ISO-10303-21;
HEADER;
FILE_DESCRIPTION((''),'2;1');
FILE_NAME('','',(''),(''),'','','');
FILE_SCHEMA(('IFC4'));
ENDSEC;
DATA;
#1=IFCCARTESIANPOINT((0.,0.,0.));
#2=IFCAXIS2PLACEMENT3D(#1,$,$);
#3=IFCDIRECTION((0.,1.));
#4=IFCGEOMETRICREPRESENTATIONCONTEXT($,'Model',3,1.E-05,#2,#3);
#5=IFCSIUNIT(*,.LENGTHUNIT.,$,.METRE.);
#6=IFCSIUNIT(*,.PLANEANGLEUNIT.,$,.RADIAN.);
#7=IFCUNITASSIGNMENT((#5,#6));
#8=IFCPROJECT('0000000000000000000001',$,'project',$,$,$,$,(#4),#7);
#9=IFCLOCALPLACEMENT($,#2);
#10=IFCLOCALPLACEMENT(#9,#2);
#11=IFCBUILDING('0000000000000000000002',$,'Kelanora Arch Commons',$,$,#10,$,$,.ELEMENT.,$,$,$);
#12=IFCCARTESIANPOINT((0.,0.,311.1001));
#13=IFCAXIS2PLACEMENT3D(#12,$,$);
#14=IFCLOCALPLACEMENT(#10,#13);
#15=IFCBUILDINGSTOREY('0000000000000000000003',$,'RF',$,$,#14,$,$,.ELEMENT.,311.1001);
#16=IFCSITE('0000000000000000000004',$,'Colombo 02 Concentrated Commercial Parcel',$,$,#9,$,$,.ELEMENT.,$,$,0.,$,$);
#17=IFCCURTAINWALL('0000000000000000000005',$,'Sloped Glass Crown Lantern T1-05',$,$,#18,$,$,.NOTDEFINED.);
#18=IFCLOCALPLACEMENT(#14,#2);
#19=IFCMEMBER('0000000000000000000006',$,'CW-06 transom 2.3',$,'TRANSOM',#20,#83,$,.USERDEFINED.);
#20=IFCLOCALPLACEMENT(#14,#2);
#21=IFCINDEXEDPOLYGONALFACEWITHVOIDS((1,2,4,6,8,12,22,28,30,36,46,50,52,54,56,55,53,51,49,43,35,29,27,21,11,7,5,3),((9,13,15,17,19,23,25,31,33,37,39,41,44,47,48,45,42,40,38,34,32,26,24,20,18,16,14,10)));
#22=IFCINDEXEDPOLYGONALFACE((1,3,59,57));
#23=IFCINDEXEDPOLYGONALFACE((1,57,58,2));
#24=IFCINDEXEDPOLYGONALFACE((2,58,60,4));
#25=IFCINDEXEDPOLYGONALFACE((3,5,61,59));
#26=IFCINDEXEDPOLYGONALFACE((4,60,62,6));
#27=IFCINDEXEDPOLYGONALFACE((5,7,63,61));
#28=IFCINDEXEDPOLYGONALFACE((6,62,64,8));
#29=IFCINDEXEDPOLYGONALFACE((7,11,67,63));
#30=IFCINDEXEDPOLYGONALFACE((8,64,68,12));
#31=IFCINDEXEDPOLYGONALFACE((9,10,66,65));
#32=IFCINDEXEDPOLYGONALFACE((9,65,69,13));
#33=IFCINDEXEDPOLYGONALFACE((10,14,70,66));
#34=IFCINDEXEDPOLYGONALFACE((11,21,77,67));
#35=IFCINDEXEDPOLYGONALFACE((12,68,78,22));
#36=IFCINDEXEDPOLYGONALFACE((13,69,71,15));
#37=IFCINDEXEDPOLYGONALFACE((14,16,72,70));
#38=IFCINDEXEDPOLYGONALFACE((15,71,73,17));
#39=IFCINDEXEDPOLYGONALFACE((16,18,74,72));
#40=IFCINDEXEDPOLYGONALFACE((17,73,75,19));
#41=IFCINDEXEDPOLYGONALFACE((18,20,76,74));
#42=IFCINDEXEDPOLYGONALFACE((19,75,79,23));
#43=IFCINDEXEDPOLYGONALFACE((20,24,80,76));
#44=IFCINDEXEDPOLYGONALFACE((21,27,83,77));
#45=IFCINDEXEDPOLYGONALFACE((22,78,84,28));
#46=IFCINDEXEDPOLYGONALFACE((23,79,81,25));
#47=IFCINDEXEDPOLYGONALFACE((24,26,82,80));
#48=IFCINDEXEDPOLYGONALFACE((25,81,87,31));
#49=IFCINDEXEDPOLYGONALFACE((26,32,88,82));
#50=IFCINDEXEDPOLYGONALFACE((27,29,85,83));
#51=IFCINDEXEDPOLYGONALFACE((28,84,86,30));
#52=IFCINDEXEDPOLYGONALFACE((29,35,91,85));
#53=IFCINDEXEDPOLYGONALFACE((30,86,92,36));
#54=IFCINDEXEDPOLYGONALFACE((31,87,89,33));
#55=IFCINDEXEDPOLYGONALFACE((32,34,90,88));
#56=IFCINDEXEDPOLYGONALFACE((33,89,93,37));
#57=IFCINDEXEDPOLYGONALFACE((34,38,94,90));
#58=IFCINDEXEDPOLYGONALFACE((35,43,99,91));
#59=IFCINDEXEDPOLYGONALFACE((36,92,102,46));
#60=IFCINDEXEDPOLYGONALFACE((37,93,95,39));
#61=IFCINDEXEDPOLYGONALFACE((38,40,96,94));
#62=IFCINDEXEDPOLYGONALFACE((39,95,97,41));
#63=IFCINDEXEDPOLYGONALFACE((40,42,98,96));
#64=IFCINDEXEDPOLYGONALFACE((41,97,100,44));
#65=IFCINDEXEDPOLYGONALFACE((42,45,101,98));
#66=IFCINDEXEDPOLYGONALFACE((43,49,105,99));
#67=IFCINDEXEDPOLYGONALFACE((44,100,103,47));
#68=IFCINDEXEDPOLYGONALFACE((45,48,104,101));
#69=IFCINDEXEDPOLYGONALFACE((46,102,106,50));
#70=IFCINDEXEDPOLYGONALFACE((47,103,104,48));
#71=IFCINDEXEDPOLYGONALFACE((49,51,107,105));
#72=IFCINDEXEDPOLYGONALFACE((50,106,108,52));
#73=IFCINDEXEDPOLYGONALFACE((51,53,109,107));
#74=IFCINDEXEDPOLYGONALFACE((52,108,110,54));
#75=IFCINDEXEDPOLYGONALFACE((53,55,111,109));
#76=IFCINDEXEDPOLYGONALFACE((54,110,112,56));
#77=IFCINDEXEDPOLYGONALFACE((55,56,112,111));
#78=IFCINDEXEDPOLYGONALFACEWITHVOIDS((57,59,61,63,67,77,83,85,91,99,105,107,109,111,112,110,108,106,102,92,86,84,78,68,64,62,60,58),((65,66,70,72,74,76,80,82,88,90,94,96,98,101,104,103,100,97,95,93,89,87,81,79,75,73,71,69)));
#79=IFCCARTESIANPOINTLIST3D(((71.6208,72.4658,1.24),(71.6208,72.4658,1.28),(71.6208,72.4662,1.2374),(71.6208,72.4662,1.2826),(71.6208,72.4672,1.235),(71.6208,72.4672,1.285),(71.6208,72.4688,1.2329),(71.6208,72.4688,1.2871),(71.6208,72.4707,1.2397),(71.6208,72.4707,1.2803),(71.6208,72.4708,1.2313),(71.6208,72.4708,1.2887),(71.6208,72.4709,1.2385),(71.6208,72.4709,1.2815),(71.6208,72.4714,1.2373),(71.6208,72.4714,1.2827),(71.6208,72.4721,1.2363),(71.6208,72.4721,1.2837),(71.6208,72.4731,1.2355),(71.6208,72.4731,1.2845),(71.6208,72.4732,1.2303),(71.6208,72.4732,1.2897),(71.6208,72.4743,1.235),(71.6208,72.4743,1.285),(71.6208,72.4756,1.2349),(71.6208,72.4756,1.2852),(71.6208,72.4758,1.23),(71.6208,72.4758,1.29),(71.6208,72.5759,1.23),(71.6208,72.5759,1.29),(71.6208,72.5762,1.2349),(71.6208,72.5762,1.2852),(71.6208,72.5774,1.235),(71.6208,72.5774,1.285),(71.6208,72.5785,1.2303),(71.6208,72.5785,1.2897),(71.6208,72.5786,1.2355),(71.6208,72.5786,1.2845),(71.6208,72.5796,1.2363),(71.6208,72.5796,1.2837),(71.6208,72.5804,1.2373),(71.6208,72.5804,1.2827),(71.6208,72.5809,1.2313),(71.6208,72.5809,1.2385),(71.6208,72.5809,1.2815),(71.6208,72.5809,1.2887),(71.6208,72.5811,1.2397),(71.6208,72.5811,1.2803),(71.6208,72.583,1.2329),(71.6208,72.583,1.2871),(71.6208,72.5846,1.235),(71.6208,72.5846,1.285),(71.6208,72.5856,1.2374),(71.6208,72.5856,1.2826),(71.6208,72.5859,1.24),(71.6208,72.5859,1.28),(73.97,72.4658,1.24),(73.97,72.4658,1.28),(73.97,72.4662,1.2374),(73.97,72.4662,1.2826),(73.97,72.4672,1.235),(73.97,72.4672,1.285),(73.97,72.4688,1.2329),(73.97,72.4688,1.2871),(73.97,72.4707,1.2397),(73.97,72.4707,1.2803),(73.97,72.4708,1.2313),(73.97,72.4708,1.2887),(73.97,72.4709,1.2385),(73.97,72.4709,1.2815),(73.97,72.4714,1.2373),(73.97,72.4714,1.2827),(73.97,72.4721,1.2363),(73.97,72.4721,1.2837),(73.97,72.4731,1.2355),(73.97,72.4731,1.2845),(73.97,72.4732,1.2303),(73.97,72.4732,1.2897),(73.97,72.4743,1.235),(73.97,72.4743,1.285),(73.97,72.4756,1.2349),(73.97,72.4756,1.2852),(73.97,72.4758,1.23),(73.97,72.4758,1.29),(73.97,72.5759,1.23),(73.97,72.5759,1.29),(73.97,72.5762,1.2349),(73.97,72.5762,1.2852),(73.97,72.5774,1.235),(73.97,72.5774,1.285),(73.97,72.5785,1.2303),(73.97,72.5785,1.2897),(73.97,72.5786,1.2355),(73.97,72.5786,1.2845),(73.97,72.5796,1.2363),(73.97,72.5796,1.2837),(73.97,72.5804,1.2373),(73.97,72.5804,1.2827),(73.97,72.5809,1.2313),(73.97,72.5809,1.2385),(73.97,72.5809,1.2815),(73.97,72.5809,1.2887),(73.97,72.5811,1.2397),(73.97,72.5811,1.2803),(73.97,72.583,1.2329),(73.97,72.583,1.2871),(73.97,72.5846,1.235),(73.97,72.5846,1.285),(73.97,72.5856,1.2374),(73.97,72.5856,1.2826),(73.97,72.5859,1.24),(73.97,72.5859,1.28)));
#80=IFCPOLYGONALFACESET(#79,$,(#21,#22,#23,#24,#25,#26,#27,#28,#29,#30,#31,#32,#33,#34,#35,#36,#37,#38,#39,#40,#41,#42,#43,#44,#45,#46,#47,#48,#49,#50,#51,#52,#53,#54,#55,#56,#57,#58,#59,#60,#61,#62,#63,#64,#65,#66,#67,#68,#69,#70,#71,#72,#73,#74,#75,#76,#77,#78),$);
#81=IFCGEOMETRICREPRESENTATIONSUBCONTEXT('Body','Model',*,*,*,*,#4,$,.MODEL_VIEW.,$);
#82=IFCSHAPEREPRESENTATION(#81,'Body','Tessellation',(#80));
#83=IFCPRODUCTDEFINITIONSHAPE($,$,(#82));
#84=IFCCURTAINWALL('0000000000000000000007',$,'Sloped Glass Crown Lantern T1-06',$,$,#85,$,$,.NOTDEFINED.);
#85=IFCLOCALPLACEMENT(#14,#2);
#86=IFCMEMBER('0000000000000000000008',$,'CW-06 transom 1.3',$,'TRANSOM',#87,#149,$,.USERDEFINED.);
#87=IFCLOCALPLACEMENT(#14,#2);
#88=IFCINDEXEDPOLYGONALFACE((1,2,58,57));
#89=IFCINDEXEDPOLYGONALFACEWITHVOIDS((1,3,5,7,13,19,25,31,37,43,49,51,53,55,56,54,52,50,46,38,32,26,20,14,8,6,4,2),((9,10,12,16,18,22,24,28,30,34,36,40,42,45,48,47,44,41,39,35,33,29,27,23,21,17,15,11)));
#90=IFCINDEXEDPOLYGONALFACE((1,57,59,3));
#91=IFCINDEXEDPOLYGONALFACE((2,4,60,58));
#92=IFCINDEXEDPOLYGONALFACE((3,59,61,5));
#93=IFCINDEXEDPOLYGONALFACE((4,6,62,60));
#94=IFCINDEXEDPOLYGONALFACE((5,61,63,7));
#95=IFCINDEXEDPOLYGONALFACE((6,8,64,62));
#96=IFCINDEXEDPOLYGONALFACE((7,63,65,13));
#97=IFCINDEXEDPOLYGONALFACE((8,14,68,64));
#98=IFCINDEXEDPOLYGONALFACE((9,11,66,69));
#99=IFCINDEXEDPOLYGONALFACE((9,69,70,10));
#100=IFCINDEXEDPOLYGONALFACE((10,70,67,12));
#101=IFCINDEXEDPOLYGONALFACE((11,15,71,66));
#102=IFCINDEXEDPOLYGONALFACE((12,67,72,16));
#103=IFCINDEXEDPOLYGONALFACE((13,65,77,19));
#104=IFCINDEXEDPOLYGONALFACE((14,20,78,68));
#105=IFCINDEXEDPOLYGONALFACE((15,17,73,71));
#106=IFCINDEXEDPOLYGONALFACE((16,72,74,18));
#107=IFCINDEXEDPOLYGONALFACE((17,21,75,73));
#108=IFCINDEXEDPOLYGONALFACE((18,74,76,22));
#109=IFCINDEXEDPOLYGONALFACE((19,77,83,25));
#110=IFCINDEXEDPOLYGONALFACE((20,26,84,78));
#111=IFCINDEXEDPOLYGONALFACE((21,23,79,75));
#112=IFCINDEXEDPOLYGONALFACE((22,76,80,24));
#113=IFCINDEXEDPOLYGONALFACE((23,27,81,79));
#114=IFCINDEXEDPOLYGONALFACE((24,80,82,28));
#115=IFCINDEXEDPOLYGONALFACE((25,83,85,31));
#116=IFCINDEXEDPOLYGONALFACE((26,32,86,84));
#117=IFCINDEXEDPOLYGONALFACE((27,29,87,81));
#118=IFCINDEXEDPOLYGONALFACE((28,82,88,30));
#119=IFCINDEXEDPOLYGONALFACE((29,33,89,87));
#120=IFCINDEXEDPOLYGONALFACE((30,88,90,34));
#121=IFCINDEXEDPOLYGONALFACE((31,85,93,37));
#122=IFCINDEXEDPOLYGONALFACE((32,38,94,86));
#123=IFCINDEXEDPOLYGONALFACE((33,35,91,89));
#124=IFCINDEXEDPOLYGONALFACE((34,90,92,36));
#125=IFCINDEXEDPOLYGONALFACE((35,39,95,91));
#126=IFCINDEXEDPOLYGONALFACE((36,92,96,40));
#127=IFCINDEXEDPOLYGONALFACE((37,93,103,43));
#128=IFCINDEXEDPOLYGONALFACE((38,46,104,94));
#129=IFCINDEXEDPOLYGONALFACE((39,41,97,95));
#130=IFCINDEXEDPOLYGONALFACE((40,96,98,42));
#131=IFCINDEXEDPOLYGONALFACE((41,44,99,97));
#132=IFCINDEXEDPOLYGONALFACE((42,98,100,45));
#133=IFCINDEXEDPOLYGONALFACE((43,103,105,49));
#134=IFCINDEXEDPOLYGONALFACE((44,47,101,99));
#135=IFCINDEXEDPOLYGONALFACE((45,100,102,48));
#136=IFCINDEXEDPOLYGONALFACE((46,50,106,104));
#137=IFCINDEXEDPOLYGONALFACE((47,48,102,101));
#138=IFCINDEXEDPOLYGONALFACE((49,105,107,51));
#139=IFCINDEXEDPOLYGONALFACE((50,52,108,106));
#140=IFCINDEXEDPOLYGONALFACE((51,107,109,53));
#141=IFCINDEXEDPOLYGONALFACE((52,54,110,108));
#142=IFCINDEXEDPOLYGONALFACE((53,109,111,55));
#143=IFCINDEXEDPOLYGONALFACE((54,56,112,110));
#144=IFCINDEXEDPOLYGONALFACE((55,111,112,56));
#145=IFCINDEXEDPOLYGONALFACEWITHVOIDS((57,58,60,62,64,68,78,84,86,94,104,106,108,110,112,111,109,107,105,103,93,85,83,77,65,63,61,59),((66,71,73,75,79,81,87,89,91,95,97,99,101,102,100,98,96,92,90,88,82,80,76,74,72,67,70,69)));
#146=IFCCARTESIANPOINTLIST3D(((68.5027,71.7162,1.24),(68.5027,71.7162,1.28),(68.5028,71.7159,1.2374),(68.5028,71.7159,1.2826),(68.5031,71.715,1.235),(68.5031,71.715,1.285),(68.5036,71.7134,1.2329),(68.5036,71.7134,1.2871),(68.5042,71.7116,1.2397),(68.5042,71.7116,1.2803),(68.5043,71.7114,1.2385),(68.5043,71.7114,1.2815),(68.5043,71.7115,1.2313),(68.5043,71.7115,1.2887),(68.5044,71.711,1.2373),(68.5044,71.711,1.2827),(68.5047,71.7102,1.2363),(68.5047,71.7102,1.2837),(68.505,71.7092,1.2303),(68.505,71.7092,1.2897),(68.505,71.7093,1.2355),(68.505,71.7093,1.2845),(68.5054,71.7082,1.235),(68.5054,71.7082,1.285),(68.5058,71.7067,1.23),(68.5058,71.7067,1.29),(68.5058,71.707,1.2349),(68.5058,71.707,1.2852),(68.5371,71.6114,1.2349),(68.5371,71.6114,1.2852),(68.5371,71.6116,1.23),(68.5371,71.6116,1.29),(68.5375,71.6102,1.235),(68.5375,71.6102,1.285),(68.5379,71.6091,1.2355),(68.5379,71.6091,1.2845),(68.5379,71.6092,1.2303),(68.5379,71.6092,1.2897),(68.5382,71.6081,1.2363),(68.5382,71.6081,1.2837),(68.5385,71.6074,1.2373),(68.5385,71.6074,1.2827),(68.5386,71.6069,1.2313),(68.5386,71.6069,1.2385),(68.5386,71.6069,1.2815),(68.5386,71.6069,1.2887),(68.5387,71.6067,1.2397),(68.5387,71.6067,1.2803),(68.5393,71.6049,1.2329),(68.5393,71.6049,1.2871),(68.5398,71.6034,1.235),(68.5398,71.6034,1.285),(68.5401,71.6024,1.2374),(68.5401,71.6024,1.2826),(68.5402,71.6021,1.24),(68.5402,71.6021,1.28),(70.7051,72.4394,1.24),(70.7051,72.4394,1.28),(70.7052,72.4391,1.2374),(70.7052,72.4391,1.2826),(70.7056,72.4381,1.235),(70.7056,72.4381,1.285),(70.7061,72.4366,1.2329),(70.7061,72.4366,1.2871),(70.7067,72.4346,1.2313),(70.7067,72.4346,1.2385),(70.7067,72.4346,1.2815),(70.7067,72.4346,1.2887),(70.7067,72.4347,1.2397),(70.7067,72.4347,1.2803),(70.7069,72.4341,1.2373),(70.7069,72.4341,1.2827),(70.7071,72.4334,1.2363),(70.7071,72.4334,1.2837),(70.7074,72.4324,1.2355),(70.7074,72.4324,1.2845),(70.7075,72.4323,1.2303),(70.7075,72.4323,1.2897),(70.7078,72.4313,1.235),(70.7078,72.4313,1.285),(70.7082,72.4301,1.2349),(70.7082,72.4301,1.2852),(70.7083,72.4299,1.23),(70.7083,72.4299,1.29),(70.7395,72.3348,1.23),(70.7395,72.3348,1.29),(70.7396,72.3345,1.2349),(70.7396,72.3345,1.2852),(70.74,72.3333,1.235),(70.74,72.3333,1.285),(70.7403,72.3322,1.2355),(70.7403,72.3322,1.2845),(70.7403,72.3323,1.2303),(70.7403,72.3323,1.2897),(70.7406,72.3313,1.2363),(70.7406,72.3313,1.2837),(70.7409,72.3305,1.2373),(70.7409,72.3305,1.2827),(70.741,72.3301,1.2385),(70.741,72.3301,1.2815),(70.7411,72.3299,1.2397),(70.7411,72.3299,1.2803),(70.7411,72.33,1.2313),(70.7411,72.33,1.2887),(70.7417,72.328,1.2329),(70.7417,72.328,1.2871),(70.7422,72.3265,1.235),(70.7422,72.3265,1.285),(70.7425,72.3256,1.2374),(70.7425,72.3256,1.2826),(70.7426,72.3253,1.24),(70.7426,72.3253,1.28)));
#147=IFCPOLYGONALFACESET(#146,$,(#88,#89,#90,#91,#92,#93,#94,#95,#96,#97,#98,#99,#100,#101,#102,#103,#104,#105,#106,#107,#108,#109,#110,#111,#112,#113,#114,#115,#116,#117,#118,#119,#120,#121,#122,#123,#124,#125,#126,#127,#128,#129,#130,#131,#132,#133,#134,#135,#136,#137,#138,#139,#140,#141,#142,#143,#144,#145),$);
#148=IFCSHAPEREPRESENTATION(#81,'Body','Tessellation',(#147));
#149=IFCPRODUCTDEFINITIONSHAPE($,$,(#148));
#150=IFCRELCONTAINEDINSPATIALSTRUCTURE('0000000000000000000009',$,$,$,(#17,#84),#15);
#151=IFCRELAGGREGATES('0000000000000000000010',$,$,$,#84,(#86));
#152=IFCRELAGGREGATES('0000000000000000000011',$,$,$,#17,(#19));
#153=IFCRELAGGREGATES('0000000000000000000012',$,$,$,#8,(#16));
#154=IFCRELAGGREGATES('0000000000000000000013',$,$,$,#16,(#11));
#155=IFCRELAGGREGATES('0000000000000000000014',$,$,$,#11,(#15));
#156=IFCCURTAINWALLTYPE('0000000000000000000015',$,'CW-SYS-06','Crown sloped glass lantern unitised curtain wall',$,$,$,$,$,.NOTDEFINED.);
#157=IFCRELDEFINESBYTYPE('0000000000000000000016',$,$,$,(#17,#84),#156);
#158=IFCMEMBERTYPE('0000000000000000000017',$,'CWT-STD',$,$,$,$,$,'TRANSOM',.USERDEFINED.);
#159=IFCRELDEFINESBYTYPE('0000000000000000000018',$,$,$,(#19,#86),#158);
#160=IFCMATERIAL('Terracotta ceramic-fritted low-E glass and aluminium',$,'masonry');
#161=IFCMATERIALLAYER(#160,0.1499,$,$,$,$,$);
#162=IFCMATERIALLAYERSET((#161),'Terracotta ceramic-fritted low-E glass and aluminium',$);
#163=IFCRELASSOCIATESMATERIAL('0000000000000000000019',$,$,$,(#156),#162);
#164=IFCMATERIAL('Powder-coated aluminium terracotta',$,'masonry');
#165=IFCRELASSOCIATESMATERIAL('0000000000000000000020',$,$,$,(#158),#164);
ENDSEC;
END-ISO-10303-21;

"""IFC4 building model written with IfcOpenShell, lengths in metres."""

from ifc_helpers import new_model, si_unit, direction, frame, origin, origin_2d, place, context, subcontext, project, spatial, hollow_rectangle, extrude, material, layer, layer_set, material_profile, profile_set, type_object, element, aggregate, save


model = new_model("IFC4")

# Units and contexts
model_context = context("Model", 3, precision=1e-05, world=origin(), true_north=direction((0.0, 1.0)))
body_context = subcontext(model_context, "Body", "Model", "MODEL_VIEW")
ifc_project = project(units=[si_unit("LENGTHUNIT", "METRE"), si_unit("PLANEANGLEUNIT", "RADIAN")], contexts=[model_context])

# Site, building, storey
site_placement = place(None, origin())
site = spatial("IfcSite", under=ifc_project, at=site_placement, Name="Colombo 02 Concentrated Commercial Parcel", CompositionType="ELEMENT", RefElevation=0.0)
building_placement = place(site_placement, origin())
building = spatial("IfcBuilding", under=site, at=building_placement, Name="Kelanora Arch Commons", CompositionType="ELEMENT")
storey_placement = place(building_placement, frame((0.0, 0.0, 311.1001)))
storey = spatial("IfcBuildingStorey", under=building, at=storey_placement, Name="RF", CompositionType="ELEMENT", Elevation=311.1001)

# Shared definitions
ifc_material_1 = material(Name="Terracotta ceramic-fritted low-E glass and aluminium", Category="masonry")
ifc_layer_1 = layer(ifc_material_1, 0.1499)
ifc_layer_set_1 = layer_set([ifc_layer_1], Name="Terracotta ceramic-fritted low-E glass and aluminium")
curtain_wall_type = type_object("IfcCurtainWallType", Name="CW-SYS-06", Description="Crown sloped glass lantern unitised curtain wall", PredefinedType="NOTDEFINED", material=ifc_layer_set_1)
ifc_material_2 = material(Name="Powder-coated aluminium terracotta", Category="masonry")

# Curtain wall, member
curtain_wall_1_placement = place(storey_placement, origin())
curtain_wall_1 = element("IfcCurtainWall", 1, at=curtain_wall_1_placement, inside=storey, type_object=curtain_wall_type, Name="Sloped Glass Crown Lantern T1-05", PredefinedType="NOTDEFINED")
ifc_material_profile_1 = material_profile(ifc_material_2, hollow_rectangle(XDim=0.1201, YDim=0.0601, WallThickness=0.0049, InnerFilletRadius=0.0049, OuterFilletRadius=0.01, at=origin_2d()), Name="CWT120x60")
ifc_profile_set_1 = profile_set([ifc_material_profile_1], Name="Powder-coated aluminium terracotta")
member_type_1 = type_object("IfcMemberType", Name="CWT-STD", ElementType="TRANSOM", PredefinedType="USERDEFINED", material=ifc_profile_set_1)
member_1_placement = place(storey_placement, frame((73.97, 72.5259, 1.26), z_axis=(-1.0, 0.0, 0.0), x_axis=(0.0, -1.0, 0.0)))
member_1 = element("IfcMember", 2, at=member_1_placement, type_object=member_type_1, Name="CW-06 transom 2.3", ObjectType="TRANSOM", PredefinedType="USERDEFINED", context=body_context, shape_type="SweptSolid", body=[
    extrude(hollow_rectangle(XDim=0.1201, YDim=0.0601, WallThickness=0.0049, InnerFilletRadius=0.0049, OuterFilletRadius=0.01, at=origin_2d()), origin(), (0.0, 0.0, 1.0), 2.3491),
])

# Curtain wall, member
curtain_wall_2_placement = place(storey_placement, origin())
curtain_wall_2 = element("IfcCurtainWall", 3, at=curtain_wall_2_placement, inside=storey, type_object=curtain_wall_type, Name="Sloped Glass Crown Lantern T1-06", PredefinedType="NOTDEFINED")
member_2_placement = place(storey_placement, frame((70.7239, 72.3823, 1.26), z_axis=(-0.950096, -0.311959, 0.0), x_axis=(0.311959, -0.950096, 0.0)))
member_2 = element("IfcMember", 4, at=member_2_placement, type_object=member_type_1, Name="CW-06 transom 1.3", ObjectType="TRANSOM", PredefinedType="USERDEFINED", context=body_context, shape_type="SweptSolid", body=[
    extrude(hollow_rectangle(XDim=0.1201, YDim=0.0601, WallThickness=0.0049, InnerFilletRadius=0.0049, OuterFilletRadius=0.01, at=origin_2d()), origin(), (0.0, 0.0, 1.0), 2.3181),
])
aggregate(curtain_wall_2, [member_2])

aggregate(curtain_wall_1, [member_1])

save(model, "model.ifc")
